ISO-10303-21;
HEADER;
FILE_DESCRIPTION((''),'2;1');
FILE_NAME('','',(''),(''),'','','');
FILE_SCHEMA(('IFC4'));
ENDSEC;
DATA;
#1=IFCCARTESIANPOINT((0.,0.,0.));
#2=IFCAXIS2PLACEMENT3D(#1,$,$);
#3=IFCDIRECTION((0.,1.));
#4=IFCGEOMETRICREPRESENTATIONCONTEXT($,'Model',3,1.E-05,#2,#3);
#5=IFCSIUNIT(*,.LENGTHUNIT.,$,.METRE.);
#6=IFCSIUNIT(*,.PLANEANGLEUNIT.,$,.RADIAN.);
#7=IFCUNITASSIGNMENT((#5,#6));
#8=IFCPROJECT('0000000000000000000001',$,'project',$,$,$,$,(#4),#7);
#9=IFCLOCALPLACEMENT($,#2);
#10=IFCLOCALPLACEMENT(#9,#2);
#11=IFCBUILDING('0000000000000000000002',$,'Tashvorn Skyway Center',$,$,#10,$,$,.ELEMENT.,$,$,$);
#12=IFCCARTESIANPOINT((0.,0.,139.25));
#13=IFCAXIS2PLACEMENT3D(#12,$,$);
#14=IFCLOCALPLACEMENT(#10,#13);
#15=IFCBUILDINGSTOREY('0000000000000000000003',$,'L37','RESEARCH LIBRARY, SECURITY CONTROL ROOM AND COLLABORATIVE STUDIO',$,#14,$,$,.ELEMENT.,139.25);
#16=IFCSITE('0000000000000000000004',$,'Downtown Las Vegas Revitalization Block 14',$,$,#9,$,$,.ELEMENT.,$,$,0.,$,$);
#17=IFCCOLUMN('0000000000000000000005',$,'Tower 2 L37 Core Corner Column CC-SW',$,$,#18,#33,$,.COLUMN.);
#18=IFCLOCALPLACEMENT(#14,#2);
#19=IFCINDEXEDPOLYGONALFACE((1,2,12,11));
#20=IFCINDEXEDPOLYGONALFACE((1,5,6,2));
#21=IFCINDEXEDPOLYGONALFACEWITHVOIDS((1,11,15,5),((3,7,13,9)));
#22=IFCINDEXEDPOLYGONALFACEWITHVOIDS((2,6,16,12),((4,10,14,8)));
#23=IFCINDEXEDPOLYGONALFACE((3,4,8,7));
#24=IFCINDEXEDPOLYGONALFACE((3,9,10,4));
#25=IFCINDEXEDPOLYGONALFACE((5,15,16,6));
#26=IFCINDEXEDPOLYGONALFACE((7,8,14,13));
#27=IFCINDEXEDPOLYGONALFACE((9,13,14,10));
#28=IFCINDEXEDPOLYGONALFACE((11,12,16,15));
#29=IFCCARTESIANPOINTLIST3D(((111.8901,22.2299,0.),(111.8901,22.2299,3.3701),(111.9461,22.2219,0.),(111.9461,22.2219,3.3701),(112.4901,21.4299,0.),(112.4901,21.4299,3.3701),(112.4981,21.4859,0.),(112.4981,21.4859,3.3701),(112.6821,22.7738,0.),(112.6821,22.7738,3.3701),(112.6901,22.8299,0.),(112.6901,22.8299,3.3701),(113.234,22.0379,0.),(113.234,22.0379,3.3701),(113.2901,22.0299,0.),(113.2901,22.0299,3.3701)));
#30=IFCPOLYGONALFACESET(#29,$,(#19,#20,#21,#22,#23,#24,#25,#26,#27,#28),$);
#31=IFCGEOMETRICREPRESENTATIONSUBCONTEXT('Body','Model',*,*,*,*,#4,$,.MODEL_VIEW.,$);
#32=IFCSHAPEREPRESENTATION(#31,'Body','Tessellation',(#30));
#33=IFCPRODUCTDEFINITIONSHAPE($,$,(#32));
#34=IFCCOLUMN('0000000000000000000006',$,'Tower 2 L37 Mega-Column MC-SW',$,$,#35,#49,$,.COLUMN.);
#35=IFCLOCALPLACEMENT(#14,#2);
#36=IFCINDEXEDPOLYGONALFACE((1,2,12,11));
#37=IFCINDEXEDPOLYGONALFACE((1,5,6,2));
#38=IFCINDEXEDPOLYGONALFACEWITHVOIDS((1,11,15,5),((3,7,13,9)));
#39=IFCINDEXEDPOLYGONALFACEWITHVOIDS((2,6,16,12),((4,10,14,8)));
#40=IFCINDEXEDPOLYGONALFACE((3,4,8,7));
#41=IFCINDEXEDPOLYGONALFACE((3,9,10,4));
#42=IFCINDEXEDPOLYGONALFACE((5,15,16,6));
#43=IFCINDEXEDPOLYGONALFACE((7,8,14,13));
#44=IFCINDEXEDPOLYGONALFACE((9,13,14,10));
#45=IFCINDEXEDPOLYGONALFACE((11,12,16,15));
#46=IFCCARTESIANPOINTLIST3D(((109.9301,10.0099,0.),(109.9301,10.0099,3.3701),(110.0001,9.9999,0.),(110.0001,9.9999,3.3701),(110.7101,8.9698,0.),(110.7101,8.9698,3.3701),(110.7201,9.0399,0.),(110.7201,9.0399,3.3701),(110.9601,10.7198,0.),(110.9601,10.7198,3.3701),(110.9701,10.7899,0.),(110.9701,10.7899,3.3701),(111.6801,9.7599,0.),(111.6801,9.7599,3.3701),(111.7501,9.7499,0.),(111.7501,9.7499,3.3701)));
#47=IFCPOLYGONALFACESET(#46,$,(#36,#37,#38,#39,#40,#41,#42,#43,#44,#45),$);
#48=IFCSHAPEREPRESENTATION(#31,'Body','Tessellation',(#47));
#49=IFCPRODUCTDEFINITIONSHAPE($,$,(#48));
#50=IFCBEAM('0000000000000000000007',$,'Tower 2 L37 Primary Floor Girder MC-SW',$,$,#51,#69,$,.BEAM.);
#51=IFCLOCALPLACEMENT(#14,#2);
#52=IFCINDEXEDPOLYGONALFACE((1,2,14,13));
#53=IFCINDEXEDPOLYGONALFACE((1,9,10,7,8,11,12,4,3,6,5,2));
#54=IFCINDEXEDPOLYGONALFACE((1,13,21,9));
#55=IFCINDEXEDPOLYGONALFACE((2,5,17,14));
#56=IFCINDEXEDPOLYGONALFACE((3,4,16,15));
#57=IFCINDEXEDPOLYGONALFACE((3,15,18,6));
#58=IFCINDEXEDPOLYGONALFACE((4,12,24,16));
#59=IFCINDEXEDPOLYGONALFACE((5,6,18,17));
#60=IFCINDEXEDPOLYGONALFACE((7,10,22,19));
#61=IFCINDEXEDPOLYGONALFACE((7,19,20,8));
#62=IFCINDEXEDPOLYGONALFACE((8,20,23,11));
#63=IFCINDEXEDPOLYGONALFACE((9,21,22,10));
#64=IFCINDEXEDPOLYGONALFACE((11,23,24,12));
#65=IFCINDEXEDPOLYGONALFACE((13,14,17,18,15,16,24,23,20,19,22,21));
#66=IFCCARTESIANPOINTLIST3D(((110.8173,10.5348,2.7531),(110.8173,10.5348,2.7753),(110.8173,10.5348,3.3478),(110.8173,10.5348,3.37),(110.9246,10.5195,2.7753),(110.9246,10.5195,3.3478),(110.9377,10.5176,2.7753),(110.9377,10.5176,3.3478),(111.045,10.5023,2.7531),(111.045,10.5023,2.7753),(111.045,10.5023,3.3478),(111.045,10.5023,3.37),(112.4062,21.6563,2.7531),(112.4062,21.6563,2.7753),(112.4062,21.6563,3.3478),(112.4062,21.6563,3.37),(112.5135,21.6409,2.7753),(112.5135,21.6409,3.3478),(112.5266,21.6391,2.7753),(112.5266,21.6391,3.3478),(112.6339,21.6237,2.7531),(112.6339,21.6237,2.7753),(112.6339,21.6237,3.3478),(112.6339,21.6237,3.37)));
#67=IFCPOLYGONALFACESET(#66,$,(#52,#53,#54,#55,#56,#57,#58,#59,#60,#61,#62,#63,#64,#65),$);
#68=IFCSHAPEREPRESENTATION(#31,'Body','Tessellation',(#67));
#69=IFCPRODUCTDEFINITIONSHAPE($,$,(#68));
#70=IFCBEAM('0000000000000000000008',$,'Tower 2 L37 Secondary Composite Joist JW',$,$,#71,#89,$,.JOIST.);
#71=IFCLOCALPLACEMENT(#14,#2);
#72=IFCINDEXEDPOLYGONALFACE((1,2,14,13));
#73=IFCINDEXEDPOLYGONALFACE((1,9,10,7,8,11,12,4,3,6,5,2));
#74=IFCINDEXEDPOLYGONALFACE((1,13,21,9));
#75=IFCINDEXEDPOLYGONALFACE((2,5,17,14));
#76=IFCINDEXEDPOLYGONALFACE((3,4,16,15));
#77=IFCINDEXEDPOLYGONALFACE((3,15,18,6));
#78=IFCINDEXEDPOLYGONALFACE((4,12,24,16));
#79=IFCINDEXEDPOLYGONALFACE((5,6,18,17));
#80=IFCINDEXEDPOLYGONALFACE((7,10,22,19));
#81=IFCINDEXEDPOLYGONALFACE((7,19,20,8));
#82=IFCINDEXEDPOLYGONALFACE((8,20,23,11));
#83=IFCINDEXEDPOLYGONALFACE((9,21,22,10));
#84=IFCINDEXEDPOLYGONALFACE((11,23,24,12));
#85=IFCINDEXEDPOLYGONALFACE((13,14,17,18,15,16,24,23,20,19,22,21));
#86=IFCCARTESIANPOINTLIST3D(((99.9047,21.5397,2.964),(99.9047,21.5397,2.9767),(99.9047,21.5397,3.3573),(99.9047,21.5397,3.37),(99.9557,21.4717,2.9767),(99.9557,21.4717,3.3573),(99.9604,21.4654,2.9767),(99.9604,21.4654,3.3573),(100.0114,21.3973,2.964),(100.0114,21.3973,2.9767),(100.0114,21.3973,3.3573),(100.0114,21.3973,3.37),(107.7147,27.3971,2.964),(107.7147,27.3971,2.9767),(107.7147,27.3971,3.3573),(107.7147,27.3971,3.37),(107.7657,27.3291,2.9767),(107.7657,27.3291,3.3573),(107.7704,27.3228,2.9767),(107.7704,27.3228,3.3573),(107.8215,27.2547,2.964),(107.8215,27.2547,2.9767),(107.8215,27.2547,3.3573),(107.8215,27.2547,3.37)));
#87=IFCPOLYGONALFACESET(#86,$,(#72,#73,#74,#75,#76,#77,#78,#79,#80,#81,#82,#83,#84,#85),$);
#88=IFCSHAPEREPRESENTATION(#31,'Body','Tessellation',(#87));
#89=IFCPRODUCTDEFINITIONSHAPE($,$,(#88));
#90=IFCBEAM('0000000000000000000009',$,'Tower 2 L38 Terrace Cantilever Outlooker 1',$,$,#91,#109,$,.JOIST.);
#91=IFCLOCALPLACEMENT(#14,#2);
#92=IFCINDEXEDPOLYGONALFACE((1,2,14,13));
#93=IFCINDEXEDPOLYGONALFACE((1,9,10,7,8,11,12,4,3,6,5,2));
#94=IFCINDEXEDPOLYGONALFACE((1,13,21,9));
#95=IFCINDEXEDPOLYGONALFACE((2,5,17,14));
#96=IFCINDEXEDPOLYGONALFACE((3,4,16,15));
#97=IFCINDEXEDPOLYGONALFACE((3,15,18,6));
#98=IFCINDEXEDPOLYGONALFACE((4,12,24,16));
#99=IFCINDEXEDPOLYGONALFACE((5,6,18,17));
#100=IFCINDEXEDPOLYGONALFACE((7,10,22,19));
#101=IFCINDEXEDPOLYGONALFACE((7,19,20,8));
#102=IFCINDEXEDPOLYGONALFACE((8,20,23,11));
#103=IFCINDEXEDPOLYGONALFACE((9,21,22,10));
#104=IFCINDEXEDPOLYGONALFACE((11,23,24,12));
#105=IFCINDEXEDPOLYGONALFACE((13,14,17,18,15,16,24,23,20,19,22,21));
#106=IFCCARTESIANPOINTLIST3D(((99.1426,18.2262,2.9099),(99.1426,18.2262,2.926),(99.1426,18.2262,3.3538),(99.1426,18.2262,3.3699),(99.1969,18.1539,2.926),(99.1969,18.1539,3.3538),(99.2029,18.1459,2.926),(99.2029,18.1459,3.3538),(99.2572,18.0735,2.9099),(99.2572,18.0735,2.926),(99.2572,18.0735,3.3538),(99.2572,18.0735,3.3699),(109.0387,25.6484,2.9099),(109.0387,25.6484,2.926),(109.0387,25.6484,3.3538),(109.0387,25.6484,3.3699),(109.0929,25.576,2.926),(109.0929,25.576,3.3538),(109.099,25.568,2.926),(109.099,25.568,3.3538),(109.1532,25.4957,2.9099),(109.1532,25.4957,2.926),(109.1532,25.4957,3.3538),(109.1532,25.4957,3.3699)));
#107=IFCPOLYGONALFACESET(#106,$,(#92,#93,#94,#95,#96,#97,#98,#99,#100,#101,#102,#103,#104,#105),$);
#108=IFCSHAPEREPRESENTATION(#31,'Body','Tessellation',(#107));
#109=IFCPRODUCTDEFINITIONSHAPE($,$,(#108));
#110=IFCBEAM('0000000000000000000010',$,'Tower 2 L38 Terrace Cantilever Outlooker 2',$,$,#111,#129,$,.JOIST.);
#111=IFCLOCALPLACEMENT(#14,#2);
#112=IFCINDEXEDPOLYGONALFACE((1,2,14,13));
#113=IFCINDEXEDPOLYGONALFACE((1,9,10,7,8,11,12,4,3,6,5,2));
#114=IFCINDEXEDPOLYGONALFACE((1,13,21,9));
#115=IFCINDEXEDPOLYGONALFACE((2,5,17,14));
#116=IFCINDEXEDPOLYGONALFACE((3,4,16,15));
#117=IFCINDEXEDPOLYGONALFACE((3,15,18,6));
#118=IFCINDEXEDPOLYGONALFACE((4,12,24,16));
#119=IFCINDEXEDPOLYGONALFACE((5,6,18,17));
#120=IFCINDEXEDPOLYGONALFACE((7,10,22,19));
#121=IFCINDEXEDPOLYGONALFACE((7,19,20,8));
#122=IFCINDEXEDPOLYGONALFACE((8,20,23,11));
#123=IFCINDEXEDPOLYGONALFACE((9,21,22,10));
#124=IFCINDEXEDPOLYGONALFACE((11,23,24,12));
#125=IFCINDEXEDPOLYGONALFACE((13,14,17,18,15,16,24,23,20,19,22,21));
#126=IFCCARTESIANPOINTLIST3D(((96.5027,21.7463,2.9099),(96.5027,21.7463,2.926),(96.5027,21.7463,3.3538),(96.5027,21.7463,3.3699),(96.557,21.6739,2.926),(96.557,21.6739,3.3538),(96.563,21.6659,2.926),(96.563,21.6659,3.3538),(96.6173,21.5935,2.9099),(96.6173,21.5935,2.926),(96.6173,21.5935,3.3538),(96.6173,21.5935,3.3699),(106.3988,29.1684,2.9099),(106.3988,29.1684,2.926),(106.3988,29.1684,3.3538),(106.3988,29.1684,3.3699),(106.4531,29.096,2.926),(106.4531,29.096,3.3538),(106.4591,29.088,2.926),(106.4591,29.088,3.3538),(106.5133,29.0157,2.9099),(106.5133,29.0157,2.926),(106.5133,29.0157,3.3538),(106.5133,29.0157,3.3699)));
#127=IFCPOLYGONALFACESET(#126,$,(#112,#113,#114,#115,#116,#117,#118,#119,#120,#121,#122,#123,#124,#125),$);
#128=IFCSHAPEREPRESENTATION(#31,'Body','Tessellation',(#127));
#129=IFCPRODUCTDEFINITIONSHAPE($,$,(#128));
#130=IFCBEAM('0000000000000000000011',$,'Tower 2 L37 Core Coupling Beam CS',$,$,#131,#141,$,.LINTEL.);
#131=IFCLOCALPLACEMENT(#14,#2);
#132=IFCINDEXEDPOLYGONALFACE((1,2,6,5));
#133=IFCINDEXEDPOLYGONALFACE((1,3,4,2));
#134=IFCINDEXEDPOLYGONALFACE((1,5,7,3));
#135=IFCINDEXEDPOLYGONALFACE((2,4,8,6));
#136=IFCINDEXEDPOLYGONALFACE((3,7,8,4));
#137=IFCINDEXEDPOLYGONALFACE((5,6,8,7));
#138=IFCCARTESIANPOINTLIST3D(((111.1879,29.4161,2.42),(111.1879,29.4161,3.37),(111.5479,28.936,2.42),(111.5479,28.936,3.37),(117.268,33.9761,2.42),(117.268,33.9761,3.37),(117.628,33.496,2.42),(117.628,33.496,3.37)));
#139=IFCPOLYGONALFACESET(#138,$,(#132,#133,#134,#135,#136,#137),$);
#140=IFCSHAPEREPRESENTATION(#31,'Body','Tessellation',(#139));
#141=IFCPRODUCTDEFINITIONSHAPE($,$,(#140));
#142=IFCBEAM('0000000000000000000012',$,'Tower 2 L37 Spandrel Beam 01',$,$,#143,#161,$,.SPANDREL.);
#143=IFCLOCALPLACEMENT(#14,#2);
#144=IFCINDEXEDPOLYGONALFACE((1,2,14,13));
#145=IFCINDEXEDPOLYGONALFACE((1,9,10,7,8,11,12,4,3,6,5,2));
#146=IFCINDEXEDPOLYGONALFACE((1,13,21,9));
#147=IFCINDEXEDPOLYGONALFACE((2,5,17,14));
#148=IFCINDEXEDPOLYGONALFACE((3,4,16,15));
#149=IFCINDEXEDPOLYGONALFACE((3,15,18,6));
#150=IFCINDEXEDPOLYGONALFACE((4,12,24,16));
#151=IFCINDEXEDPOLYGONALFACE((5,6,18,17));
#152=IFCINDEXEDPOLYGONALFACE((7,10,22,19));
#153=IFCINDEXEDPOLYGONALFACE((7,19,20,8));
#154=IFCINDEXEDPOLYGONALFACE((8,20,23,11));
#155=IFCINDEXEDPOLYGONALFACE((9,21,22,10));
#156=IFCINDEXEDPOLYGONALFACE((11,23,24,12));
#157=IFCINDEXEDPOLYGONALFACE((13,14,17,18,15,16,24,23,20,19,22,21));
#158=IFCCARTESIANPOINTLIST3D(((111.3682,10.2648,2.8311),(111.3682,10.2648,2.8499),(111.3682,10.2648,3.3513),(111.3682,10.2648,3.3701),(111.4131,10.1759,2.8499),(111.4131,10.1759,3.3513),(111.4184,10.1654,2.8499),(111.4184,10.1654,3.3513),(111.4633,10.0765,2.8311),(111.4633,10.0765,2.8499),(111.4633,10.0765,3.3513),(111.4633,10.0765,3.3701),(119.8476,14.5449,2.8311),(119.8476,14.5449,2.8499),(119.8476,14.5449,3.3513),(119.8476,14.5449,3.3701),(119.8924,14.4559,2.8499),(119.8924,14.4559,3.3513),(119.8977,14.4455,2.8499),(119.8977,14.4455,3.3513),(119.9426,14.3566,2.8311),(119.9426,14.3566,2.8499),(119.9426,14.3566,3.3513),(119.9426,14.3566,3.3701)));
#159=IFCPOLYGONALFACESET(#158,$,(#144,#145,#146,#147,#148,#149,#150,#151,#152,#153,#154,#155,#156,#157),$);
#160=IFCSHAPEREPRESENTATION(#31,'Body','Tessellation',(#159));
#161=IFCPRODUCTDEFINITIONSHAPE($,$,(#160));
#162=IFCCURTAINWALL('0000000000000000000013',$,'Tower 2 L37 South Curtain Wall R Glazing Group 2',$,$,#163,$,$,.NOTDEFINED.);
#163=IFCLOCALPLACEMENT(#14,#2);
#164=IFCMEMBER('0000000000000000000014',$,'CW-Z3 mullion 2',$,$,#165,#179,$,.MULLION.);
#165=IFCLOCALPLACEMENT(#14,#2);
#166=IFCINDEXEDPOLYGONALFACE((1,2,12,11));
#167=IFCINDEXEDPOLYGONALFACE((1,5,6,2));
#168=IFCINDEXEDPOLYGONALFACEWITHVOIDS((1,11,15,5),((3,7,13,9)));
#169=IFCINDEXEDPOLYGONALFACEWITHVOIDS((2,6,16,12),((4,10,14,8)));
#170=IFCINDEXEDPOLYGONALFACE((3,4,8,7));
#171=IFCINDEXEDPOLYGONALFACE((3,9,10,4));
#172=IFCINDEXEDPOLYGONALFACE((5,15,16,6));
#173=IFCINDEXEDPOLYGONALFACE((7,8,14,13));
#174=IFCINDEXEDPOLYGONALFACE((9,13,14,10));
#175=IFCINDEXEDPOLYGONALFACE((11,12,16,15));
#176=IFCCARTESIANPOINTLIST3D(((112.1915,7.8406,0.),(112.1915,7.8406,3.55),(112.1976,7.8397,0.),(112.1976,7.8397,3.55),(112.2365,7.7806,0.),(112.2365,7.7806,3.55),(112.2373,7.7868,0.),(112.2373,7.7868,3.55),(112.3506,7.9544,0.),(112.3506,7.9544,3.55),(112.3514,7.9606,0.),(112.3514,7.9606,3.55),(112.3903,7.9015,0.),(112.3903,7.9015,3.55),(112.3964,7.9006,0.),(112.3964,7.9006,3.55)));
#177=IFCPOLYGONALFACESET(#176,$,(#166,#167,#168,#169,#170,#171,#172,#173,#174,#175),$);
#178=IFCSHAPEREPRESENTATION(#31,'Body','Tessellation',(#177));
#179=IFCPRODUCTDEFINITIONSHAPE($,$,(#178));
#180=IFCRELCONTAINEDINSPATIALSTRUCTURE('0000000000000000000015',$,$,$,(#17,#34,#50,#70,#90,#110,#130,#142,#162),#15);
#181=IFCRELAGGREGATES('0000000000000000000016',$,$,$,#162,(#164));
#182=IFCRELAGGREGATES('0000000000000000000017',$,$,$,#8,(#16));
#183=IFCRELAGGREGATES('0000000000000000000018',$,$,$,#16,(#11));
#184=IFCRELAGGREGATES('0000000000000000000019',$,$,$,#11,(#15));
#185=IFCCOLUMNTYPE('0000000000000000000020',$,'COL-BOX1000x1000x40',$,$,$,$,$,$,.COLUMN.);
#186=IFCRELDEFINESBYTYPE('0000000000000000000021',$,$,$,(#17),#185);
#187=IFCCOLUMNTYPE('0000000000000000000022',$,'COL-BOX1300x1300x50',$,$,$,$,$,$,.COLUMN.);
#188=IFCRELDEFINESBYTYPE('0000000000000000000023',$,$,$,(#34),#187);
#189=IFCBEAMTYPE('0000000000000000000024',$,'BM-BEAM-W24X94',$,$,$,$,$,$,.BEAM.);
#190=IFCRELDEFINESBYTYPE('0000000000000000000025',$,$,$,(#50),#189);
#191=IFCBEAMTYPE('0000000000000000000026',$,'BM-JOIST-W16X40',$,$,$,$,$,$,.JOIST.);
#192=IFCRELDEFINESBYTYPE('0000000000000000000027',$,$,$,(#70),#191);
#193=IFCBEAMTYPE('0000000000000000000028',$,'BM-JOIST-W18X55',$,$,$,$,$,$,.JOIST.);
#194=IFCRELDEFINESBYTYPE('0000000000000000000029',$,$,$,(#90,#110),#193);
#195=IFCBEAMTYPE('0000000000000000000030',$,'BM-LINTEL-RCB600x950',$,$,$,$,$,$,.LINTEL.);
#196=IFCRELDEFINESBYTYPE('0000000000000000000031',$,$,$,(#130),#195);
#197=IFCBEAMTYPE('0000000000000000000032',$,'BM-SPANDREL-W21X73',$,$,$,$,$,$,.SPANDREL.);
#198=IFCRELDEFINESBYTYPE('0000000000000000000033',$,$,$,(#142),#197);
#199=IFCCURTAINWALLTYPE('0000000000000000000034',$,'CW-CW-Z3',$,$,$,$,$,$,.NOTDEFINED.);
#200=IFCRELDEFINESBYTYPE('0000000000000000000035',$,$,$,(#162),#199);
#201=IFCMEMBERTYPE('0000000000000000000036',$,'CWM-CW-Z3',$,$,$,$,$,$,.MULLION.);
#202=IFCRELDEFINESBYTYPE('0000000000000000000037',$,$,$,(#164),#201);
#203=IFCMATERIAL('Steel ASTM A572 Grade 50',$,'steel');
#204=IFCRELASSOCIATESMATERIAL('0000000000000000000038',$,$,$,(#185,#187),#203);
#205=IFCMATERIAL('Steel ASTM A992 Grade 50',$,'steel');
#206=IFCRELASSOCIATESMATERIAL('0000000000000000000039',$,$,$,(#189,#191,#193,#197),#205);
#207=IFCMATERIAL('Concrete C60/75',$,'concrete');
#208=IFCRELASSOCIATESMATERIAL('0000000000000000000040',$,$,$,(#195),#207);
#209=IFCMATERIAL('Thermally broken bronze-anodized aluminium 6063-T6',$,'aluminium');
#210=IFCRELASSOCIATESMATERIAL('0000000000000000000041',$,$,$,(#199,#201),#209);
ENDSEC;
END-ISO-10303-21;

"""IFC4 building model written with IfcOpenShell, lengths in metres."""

from ifc_helpers import new_model, si_unit, direction, frame, origin, origin_2d, place, context, subcontext, project, spatial, rectangle, hollow_rectangle, i_section, extrude, material, material_profile, profile_set, type_object, element, aggregate, save


model = new_model("IFC4")

# Units and contexts
model_context = context("Model", 3, precision=1e-05, world=origin(), true_north=direction((0.0, 1.0)))
body_context = subcontext(model_context, "Body", "Model", "MODEL_VIEW")
ifc_project = project(units=[si_unit("LENGTHUNIT", "METRE"), si_unit("PLANEANGLEUNIT", "RADIAN")], contexts=[model_context])

# Site, building, storey
site_placement = place(None, origin())
site = spatial("IfcSite", under=ifc_project, at=site_placement, Name="Downtown Las Vegas Revitalization Block 14", CompositionType="ELEMENT", RefElevation=0.0)
building_placement = place(site_placement, origin())
building = spatial("IfcBuilding", under=site, at=building_placement, Name="Tashvorn Skyway Center", CompositionType="ELEMENT")
storey_placement = place(building_placement, frame((0.0, 0.0, 139.25)))
storey = spatial("IfcBuildingStorey", under=building, at=storey_placement, Name="L37", Description="RESEARCH LIBRARY, SECURITY CONTROL ROOM AND COLLABORATIVE STUDIO", CompositionType="ELEMENT", Elevation=139.25)

# Columns
ifc_material_1 = material(Name="Steel ASTM A572 Grade 50", Category="steel")
ifc_material_profile_1 = material_profile(ifc_material_1, hollow_rectangle(XDim=1.0, YDim=1.0, WallThickness=0.04, at=origin_2d()), Name="BOX1000x1000x40")
ifc_profile_set_1 = profile_set([ifc_material_profile_1], Name="Steel ASTM A572 Grade 50")
column_type_1 = type_object("IfcColumnType", Name="COL-BOX1000x1000x40", PredefinedType="COLUMN", material=ifc_profile_set_1)
column_1_placement = place(storey_placement, frame((112.5901, 22.1299, 0.0), z_axis=(0.0, 0.0, 1.0), x_axis=(0.8, 0.6, 0.0)))
element("IfcColumn", 1, at=column_1_placement, inside=storey, type_object=column_type_1, Name="Tower 2 L37 Core Corner Column CC-SW", PredefinedType="COLUMN", context=body_context, shape_type="SweptSolid", body=[
    extrude(hollow_rectangle(XDim=1.0, YDim=1.0, WallThickness=0.04, at=origin_2d()), origin(), (0.0, 0.0, 1.0), 3.3701),
])
ifc_material_profile_2 = material_profile(ifc_material_1, hollow_rectangle(XDim=1.3, YDim=1.3, WallThickness=0.05, at=origin_2d()), Name="BOX1300x1300x50")
ifc_profile_set_2 = profile_set([ifc_material_profile_2], Name="Steel ASTM A572 Grade 50")
column_type_2 = type_object("IfcColumnType", Name="COL-BOX1300x1300x50", PredefinedType="COLUMN", material=ifc_profile_set_2)
column_2_placement = place(storey_placement, frame((110.8401, 9.8799, 0.0), z_axis=(0.0, 0.0, 1.0), x_axis=(0.8, 0.6, 0.0)))
element("IfcColumn", 2, at=column_2_placement, inside=storey, type_object=column_type_2, Name="Tower 2 L37 Mega-Column MC-SW", PredefinedType="COLUMN", context=body_context, shape_type="SweptSolid", body=[
    extrude(hollow_rectangle(XDim=1.3, YDim=1.3, WallThickness=0.05, at=origin_2d()), origin(), (0.0, 0.0, 1.0), 3.3701),
])

# Beams
ifc_material_2 = material(Name="Steel ASTM A992 Grade 50", Category="steel")
ifc_material_profile_3 = material_profile(ifc_material_2, i_section(OverallWidth=0.23, OverallDepth=0.6169, WebThickness=0.0132, FlangeThickness=0.0222, at=origin_2d()), Name="W24X94")
ifc_profile_set_3 = profile_set([ifc_material_profile_3], Name="Steel ASTM A992 Grade 50")
beam_type_1 = type_object("IfcBeamType", Name="BM-BEAM-W24X94", PredefinedType="BEAM", material=ifc_profile_set_3)
beam_1_placement = place(storey_placement, frame((110.9312, 10.5186, 3.0615), z_axis=(0.14143, 0.989948, 0.0), x_axis=(-0.989948, 0.14143, 0.0)))
element("IfcBeam", 3, at=beam_1_placement, inside=storey, type_object=beam_type_1, Name="Tower 2 L37 Primary Floor Girder MC-SW", PredefinedType="BEAM", context=body_context, shape_type="SweptSolid", body=[
    extrude(i_section(OverallWidth=0.23, OverallDepth=0.6169, WebThickness=0.0132, FlangeThickness=0.0222, at=origin_2d()), origin(), (0.0, 0.0, 1.0), 11.2344),
])
ifc_material_profile_4 = material_profile(ifc_material_2, i_section(OverallWidth=0.178, OverallDepth=0.406, WebThickness=0.0078, FlangeThickness=0.0127, at=origin_2d()), Name="W16X40")
ifc_profile_set_4 = profile_set([ifc_material_profile_4], Name="Steel ASTM A992 Grade 50")
beam_type_2 = type_object("IfcBeamType", Name="BM-JOIST-W16X40", PredefinedType="JOIST", material=ifc_profile_set_4)
beam_2_placement = place(storey_placement, frame((107.7681, 27.3259, 3.167), z_axis=(-0.800006, -0.599992, 0.0), x_axis=(0.599992, -0.800006, 0.0)))
element("IfcBeam", 4, at=beam_2_placement, inside=storey, type_object=beam_type_2, Name="Tower 2 L37 Secondary Composite Joist JW", PredefinedType="JOIST", context=body_context, shape_type="SweptSolid", body=[
    extrude(i_section(OverallWidth=0.178, OverallDepth=0.406, WebThickness=0.0078, FlangeThickness=0.0127, at=origin_2d()), origin(), (0.0, 0.0, 1.0), 9.7625),
])
ifc_material_profile_5 = material_profile(ifc_material_2, i_section(OverallWidth=0.1909, OverallDepth=0.46, WebThickness=0.01, FlangeThickness=0.0161, at=origin_2d()), Name="W18X55")
ifc_profile_set_5 = profile_set([ifc_material_profile_5], Name="Steel ASTM A992 Grade 50")
beam_type_3 = type_object("IfcBeamType", Name="BM-JOIST-W18X55", PredefinedType="JOIST", material=ifc_profile_set_5)
for number, where, z_axis, x_axis, name in (
    (5, (109.0959, 25.572, 3.1399), (-0.799995, -0.600006, 0.0), (0.600006, -0.799995, 0.0), "Tower 2 L38 Terrace Cantilever Outlooker 1"),
    (6, (106.4561, 29.092, 3.1399), (-0.799995, -0.600006, 0.0), (0.600006, -0.799995, 0.0), "Tower 2 L38 Terrace Cantilever Outlooker 2"),
):
    element("IfcBeam", number, at=place(storey_placement, frame(where, z_axis=z_axis, x_axis=x_axis)), inside=storey, type_object=beam_type_3, Name=name, PredefinedType="JOIST", context=body_context, shape_type="SweptSolid", body=[
        extrude(i_section(OverallWidth=0.1909, OverallDepth=0.46, WebThickness=0.01, FlangeThickness=0.0161, at=origin_2d()), origin(), (0.0, 0.0, 1.0), 12.3701),
    ])
ifc_material_3 = material(Name="Concrete C60/75", Category="concrete")
ifc_material_profile_6 = material_profile(ifc_material_3, rectangle(XDim=0.6001, YDim=0.95, at=origin_2d()), Name="RCB600x950")
ifc_profile_set_6 = profile_set([ifc_material_profile_6], Name="Concrete C60/75")
beam_type_4 = type_object("IfcBeamType", Name="BM-LINTEL-RCB600x950", PredefinedType="LINTEL", material=ifc_profile_set_6)
beam_3_placement = place(storey_placement, frame((111.3679, 29.176, 2.895), z_axis=(0.8, 0.6, 0.0), x_axis=(-0.6, 0.8, 0.0)))
element("IfcBeam", 7, at=beam_3_placement, inside=storey, type_object=beam_type_4, Name="Tower 2 L37 Core Coupling Beam CS", PredefinedType="LINTEL", context=body_context, shape_type="SweptSolid", body=[
    extrude(rectangle(XDim=0.6001, YDim=0.95, at=origin_2d()), origin(), (0.0, 0.0, 1.0), 7.6001),
])
ifc_material_profile_7 = material_profile(ifc_material_2, i_section(OverallWidth=0.2109, OverallDepth=0.5391, WebThickness=0.0117, FlangeThickness=0.0188, at=origin_2d()), Name="W21X73")
ifc_profile_set_7 = profile_set([ifc_material_profile_7], Name="Steel ASTM A992 Grade 50")
beam_type_5 = type_object("IfcBeamType", Name="BM-SPANDREL-W21X73", PredefinedType="SPANDREL", material=ifc_profile_set_7)
beam_4_placement = place(storey_placement, frame((111.4158, 10.1707, 3.1006), z_axis=(0.892719, 0.450614, 0.0), x_axis=(-0.450614, 0.892719, 0.0)))
element("IfcBeam", 8, at=beam_4_placement, inside=storey, type_object=beam_type_5, Name="Tower 2 L37 Spandrel Beam 01", PredefinedType="SPANDREL", context=body_context, shape_type="SweptSolid", body=[
    extrude(i_section(OverallWidth=0.2109, OverallDepth=0.5391, WebThickness=0.0117, FlangeThickness=0.0188, at=origin_2d()), origin(), (0.0, 0.0, 1.0), 9.4983),
])

# Curtain wall, member
ifc_material_4 = material(Name="Thermally broken bronze-anodized aluminium 6063-T6", Category="aluminium")
curtain_wall_type = type_object("IfcCurtainWallType", Name="CW-CW-Z3", PredefinedType="NOTDEFINED", material=ifc_material_4)
curtain_wall_1_placement = place(storey_placement, origin())
curtain_wall_1 = element("IfcCurtainWall", 9, at=curtain_wall_1_placement, inside=storey, type_object=curtain_wall_type, Name="Tower 2 L37 South Curtain Wall R Glazing Group 2", PredefinedType="NOTDEFINED")
ifc_material_profile_8 = material_profile(ifc_material_4, hollow_rectangle(XDim=0.075, YDim=0.2, WallThickness=0.0044, at=origin_2d()), Name="ALU-MULL-75x200")
ifc_profile_set_8 = profile_set([ifc_material_profile_8], Name="Thermally broken bronze-anodized aluminium 6063-T6")
member_type_1 = type_object("IfcMemberType", Name="CWM-CW-Z3", PredefinedType="MULLION", material=ifc_profile_set_8)
member_1_placement = place(storey_placement, frame((112.2939, 7.8706, 0.0), z_axis=(0.0, 0.0, 1.0), x_axis=(0.600004, -0.799997, 0.0)))
member_1 = element("IfcMember", 10, at=member_1_placement, type_object=member_type_1, Name="CW-Z3 mullion 2", PredefinedType="MULLION", context=body_context, shape_type="SweptSolid", body=[
    extrude(hollow_rectangle(XDim=0.075, YDim=0.2, WallThickness=0.0044, at=origin_2d()), origin(), (0.0, 0.0, 1.0), 3.55),
])
aggregate(curtain_wall_1, [member_1])

save(model, "model.ifc")
